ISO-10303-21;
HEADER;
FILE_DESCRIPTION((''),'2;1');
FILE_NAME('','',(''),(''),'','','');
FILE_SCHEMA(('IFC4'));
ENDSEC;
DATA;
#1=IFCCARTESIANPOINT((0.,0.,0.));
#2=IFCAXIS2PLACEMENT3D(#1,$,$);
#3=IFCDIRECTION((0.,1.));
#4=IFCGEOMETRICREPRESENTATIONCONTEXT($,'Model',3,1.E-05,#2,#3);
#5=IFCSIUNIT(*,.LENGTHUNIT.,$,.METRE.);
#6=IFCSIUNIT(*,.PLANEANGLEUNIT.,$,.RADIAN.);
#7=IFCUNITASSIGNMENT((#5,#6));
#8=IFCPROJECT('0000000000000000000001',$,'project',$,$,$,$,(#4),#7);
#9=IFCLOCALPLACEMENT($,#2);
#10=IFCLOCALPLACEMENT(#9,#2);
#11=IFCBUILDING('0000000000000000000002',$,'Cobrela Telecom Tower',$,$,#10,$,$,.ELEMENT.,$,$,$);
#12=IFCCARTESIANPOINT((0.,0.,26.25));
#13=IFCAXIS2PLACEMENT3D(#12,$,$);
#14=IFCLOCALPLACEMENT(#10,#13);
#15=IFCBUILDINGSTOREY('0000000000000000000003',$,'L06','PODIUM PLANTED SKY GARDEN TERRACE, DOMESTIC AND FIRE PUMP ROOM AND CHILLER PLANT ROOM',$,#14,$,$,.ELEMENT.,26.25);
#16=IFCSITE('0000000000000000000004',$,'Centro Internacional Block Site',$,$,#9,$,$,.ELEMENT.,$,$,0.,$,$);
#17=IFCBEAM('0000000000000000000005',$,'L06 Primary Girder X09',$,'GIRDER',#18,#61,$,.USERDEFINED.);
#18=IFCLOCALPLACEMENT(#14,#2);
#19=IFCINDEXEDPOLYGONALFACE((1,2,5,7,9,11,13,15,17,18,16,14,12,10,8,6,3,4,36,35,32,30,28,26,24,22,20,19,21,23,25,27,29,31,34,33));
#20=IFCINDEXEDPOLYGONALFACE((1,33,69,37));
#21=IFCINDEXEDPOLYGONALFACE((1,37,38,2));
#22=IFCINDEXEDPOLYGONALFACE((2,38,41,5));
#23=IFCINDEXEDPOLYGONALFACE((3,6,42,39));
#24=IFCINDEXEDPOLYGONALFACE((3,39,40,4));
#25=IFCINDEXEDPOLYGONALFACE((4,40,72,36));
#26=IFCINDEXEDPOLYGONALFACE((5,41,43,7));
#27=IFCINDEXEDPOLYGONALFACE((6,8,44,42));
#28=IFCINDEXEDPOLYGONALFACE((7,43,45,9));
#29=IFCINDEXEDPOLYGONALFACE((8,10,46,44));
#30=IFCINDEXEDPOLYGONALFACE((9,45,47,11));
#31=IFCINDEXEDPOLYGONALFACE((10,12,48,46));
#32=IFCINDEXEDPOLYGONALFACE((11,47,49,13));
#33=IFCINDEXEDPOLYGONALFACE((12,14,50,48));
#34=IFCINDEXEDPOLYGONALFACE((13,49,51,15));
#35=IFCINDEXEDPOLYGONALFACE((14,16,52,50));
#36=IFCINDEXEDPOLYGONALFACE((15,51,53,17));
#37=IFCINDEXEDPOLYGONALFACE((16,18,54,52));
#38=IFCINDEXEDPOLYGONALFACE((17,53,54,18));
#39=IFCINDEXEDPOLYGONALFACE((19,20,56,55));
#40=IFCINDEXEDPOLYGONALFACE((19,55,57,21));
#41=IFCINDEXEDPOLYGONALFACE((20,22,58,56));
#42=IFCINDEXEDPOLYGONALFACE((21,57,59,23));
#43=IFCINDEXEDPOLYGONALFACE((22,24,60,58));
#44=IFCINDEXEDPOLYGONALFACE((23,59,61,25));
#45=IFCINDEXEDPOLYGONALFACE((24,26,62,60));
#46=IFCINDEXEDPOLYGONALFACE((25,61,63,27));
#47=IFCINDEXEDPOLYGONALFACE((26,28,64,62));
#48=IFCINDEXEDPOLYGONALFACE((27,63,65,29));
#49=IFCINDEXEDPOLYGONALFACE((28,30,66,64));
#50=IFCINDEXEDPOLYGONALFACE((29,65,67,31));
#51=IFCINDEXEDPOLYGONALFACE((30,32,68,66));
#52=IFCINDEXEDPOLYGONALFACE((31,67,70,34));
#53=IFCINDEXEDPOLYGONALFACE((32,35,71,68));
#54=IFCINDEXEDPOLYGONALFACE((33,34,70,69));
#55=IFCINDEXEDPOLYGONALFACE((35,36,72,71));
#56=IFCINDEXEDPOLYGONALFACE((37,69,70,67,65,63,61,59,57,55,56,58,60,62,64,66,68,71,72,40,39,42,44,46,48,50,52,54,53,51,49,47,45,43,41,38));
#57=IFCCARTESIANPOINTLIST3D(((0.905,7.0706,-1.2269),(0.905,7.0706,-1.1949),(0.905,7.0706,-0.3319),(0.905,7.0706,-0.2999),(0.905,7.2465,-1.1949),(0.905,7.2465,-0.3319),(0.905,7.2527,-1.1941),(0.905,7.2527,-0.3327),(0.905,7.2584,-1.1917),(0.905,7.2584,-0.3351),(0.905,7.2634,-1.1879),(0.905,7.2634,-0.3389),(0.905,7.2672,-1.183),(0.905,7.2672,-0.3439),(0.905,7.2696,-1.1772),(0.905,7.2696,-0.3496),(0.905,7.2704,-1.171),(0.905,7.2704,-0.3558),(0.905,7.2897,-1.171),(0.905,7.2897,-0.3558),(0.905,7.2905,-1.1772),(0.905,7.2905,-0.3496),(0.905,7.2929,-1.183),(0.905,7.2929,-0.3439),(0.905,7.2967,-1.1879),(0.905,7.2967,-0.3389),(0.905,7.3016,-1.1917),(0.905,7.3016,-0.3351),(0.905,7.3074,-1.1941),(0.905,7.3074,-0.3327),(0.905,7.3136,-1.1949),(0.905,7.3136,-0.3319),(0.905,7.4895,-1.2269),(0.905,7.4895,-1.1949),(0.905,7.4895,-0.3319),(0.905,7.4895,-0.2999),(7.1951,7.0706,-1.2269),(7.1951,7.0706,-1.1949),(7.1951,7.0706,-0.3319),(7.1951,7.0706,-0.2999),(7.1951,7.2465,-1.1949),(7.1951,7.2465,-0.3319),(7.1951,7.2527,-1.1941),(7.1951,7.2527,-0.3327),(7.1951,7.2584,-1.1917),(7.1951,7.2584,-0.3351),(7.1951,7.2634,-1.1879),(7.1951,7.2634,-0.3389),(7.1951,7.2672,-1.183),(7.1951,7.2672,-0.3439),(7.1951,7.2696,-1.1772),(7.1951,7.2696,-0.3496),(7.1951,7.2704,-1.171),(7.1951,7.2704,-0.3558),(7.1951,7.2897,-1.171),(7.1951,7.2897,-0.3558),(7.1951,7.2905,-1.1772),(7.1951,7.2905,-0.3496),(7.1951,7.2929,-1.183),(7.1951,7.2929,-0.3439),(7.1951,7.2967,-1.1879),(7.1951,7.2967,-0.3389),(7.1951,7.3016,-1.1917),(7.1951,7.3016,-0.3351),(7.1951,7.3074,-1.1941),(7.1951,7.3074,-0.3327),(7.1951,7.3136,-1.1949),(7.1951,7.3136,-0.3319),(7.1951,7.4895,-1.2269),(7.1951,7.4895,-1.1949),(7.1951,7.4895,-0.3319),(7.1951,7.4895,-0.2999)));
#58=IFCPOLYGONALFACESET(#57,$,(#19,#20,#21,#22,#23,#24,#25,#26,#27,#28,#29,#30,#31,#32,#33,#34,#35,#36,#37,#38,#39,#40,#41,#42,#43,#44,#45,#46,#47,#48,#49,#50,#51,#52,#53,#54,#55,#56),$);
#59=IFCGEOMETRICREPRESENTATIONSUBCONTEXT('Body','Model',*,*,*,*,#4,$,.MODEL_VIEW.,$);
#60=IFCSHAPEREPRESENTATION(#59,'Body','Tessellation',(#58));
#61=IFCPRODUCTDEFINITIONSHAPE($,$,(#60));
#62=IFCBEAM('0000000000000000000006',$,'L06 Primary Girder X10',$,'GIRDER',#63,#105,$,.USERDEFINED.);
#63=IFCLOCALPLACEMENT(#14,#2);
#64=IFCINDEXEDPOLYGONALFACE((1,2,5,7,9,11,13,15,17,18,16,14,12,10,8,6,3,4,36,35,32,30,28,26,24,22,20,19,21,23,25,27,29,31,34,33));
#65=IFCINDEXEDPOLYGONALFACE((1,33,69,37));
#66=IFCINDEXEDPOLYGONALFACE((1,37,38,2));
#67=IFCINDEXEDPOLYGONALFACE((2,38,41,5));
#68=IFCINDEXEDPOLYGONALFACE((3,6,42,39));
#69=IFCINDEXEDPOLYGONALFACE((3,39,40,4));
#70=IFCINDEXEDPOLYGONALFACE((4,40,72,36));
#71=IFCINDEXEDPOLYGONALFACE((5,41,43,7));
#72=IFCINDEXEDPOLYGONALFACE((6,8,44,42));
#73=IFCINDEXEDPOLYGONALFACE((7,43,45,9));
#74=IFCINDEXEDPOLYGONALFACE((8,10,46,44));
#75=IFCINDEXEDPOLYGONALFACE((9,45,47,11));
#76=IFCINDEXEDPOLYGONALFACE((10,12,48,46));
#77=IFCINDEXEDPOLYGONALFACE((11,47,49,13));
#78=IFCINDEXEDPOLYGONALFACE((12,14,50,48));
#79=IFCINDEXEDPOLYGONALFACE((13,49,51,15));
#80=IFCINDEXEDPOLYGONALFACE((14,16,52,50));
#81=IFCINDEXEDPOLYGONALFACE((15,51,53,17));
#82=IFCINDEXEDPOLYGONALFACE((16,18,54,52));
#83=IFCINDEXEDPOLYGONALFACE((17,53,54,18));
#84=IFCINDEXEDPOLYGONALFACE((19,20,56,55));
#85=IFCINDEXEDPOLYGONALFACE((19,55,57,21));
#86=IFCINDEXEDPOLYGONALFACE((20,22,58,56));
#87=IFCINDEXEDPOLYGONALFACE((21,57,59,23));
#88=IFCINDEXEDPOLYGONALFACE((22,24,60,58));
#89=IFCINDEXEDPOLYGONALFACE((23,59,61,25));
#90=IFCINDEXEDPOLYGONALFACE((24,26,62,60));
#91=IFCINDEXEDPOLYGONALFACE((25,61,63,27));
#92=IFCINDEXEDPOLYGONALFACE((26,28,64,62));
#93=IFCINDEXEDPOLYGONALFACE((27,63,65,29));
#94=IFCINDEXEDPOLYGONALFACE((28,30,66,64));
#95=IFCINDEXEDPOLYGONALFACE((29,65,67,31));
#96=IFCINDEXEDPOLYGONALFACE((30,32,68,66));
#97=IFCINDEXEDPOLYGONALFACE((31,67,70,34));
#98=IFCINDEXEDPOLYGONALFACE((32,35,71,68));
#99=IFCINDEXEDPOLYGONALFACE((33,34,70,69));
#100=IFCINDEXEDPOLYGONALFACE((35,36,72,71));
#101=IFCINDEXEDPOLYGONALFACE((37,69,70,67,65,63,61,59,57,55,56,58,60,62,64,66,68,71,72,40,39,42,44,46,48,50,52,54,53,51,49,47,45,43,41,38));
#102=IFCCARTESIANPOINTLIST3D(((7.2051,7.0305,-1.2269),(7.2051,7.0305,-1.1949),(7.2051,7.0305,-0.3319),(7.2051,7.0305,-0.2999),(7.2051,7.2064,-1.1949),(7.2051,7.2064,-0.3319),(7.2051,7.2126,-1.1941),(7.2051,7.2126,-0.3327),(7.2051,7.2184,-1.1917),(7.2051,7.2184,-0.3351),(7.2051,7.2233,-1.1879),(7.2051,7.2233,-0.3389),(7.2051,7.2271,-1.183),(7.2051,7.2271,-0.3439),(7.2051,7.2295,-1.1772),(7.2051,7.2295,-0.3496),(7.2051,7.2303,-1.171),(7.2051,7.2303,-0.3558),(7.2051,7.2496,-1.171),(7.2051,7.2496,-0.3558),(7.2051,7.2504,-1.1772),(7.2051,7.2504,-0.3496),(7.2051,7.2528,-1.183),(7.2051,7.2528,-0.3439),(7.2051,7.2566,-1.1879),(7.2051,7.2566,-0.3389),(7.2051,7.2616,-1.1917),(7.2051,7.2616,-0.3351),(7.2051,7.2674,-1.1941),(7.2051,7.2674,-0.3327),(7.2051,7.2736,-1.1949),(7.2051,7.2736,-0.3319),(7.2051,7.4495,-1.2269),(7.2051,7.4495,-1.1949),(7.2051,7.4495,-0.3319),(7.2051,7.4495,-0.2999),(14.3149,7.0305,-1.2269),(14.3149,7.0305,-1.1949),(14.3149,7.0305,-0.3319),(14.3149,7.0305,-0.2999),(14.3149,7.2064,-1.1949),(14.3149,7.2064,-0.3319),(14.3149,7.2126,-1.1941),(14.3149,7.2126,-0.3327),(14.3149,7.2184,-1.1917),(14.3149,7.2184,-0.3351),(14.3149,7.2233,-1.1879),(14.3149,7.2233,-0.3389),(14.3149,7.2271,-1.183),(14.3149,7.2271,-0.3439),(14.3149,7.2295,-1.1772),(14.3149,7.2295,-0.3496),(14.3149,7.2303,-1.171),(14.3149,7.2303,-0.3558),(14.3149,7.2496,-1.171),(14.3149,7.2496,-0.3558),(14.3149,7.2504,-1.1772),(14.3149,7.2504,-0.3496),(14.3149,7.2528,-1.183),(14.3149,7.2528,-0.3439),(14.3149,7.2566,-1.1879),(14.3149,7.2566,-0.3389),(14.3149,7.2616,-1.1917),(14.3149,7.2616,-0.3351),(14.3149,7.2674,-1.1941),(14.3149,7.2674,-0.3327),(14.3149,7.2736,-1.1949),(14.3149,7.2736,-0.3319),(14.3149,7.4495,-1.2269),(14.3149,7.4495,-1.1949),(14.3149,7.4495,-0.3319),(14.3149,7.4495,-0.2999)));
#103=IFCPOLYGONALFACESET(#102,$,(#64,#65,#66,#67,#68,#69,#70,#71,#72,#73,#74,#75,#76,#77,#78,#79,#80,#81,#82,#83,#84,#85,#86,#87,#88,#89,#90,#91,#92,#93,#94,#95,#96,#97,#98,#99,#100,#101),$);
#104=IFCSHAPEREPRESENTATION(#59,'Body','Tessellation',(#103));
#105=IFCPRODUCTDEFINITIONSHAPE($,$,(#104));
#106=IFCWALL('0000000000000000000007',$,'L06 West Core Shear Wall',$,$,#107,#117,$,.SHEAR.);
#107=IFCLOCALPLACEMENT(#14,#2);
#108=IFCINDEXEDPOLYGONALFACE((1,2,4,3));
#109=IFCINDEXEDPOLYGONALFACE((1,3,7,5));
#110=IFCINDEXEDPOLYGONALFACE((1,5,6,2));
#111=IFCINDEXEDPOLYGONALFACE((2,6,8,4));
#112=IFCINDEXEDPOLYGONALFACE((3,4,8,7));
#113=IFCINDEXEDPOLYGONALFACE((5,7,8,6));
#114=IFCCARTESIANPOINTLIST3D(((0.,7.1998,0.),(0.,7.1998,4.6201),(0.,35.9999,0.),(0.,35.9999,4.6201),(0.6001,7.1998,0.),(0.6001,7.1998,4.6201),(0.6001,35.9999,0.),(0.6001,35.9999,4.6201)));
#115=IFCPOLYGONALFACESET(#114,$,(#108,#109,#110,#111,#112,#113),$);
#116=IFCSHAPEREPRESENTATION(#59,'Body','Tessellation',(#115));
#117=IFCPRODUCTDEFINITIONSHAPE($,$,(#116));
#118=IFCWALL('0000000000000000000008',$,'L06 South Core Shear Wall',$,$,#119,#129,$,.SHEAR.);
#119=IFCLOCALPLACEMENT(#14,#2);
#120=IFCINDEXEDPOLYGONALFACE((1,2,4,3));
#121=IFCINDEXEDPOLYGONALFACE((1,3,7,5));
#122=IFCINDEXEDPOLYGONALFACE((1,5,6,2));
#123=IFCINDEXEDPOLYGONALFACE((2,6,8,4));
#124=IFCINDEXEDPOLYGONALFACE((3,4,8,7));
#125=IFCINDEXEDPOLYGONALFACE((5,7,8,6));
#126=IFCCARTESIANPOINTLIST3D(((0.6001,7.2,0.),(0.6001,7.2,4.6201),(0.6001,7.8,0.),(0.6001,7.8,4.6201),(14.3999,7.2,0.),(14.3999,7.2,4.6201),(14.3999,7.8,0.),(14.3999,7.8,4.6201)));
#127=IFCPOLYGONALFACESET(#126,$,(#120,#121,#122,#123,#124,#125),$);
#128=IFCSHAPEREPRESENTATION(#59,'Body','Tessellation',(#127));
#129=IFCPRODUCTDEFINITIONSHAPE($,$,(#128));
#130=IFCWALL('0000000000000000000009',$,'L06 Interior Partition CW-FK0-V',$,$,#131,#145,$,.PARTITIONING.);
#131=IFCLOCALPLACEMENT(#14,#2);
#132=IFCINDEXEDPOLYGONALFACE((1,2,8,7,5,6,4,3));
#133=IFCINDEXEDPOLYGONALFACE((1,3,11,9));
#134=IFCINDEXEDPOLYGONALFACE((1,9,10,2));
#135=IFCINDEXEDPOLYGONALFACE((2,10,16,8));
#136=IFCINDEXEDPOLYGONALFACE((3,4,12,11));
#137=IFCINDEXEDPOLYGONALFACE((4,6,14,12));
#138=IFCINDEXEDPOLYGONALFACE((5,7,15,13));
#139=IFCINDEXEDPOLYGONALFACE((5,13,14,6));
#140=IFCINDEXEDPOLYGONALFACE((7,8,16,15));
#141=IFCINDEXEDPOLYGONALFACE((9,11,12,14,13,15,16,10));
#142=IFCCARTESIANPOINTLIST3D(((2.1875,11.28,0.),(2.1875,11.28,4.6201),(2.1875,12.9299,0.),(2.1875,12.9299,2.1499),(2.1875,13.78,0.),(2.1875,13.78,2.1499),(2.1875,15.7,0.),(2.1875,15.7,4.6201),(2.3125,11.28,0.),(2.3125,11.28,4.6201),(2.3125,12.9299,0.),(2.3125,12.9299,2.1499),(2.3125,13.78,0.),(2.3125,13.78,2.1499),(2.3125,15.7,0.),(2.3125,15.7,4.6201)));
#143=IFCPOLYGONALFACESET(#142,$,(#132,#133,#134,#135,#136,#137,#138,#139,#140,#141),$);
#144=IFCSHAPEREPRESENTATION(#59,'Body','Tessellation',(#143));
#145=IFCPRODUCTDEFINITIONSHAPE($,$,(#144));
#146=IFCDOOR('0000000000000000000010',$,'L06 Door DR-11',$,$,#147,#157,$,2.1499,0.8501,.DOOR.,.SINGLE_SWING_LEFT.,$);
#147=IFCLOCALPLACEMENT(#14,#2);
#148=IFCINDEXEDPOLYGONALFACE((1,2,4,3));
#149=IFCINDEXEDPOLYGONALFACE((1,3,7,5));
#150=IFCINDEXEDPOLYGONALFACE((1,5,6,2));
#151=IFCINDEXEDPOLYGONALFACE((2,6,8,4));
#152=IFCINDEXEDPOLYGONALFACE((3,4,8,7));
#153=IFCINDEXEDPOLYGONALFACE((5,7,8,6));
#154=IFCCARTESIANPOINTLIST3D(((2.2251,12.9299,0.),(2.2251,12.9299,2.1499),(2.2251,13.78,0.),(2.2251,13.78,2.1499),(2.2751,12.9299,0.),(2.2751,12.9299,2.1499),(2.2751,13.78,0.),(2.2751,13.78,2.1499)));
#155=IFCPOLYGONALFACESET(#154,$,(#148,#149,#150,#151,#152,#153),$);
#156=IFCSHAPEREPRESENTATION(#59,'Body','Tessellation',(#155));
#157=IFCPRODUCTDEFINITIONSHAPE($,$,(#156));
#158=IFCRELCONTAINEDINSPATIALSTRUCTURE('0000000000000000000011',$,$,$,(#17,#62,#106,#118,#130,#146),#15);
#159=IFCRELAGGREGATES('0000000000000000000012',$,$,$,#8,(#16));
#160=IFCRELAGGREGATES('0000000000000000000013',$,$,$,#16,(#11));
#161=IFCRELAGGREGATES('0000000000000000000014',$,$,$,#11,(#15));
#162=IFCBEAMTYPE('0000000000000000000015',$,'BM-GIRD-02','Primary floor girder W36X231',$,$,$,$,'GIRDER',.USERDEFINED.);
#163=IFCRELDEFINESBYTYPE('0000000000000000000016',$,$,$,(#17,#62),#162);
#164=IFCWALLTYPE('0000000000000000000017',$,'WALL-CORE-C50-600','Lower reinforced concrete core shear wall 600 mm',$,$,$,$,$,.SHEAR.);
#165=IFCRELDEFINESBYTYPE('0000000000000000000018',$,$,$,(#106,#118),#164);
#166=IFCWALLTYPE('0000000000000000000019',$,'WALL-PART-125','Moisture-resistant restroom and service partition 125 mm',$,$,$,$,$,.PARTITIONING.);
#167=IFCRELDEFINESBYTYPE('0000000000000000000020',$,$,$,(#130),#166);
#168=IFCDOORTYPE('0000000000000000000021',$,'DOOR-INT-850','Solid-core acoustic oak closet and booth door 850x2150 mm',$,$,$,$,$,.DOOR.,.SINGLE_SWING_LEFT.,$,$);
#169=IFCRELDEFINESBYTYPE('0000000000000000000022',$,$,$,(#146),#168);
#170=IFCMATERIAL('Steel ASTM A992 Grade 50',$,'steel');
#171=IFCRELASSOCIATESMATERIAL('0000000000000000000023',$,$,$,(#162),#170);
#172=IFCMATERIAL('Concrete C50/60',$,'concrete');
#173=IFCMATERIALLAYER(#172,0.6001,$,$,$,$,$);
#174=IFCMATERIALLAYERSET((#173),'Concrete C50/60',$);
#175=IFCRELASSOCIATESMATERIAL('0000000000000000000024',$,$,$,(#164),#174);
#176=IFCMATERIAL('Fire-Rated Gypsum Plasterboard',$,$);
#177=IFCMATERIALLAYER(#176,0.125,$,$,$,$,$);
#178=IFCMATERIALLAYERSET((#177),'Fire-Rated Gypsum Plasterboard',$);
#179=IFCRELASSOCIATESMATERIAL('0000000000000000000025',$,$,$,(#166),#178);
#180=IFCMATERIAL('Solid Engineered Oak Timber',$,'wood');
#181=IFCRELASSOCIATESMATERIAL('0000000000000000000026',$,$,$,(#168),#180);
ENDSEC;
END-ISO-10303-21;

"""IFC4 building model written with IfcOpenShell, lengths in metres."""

from ifc_helpers import new_model, si_unit, direction, frame, frame_2d, origin, origin_2d, place, context, subcontext, project, spatial, rectangle, i_section, extrude, material, layer, layer_set, material_profile, profile_set, type_object, element, fill, save


model = new_model("IFC4")

# Units and contexts
model_context = context("Model", 3, precision=1e-05, world=origin(), true_north=direction((0.0, 1.0)))
body_context = subcontext(model_context, "Body", "Model", "MODEL_VIEW")
ifc_project = project(units=[si_unit("LENGTHUNIT", "METRE"), si_unit("PLANEANGLEUNIT", "RADIAN")], contexts=[model_context])

# Site, building, storey
site_placement = place(None, origin())
site = spatial("IfcSite", under=ifc_project, at=site_placement, Name="Centro Internacional Block Site", CompositionType="ELEMENT", RefElevation=0.0)
building_placement = place(site_placement, origin())
building = spatial("IfcBuilding", under=site, at=building_placement, Name="Cobrela Telecom Tower", CompositionType="ELEMENT")
storey_placement = place(building_placement, frame((0.0, 0.0, 26.25)))
storey = spatial("IfcBuildingStorey", under=building, at=storey_placement, Name="L06", Description="PODIUM PLANTED SKY GARDEN TERRACE, DOMESTIC AND FIRE PUMP ROOM AND CHILLER PLANT ROOM", CompositionType="ELEMENT", Elevation=26.25)

# Beams
ifc_material_1 = material(Name="Steel ASTM A992 Grade 50", Category="steel")
ifc_material_profile = material_profile(ifc_material_1, i_section(OverallWidth=0.4189, OverallDepth=0.927, WebThickness=0.0193, FlangeThickness=0.032, FilletRadius=0.0239, at=origin_2d()), Name="W36X231")
ifc_profile_set = profile_set([ifc_material_profile], Name="Steel ASTM A992 Grade 50")
beam_type = type_object("IfcBeamType", Name="BM-GIRD-02", Description="Primary floor girder W36X231", ElementType="GIRDER", PredefinedType="USERDEFINED", material=ifc_profile_set)
beam_1_placement = place(storey_placement, frame((0.905, 7.28, -0.7634), z_axis=(1.0, 0.0, 0.0), x_axis=(0.0, 1.0, 0.0)))
element("IfcBeam", 1, at=beam_1_placement, inside=storey, type_object=beam_type, Name="L06 Primary Girder X09", ObjectType="GIRDER", PredefinedType="USERDEFINED", context=body_context, shape_type="SweptSolid", body=[
    extrude(i_section(OverallWidth=0.4189, OverallDepth=0.927, WebThickness=0.0193, FlangeThickness=0.032, FilletRadius=0.0239, at=origin_2d()), origin(), (0.0, 0.0, 1.0), 6.29),
])
beam_2_placement = place(storey_placement, frame((7.2051, 7.24, -0.7634), z_axis=(1.0, 0.0, 0.0), x_axis=(0.0, 1.0, 0.0)))
element("IfcBeam", 2, at=beam_2_placement, inside=storey, type_object=beam_type, Name="L06 Primary Girder X10", ObjectType="GIRDER", PredefinedType="USERDEFINED", context=body_context, shape_type="SweptSolid", body=[
    extrude(i_section(OverallWidth=0.4189, OverallDepth=0.927, WebThickness=0.0193, FlangeThickness=0.032, FilletRadius=0.0239, at=origin_2d()), origin(), (0.0, 0.0, 1.0), 7.1099),
])

# Walls
ifc_material_2 = material(Name="Concrete C50/60", Category="concrete")
ifc_layer_1 = layer(ifc_material_2, 0.6001)
ifc_layer_set_1 = layer_set([ifc_layer_1], Name="Concrete C50/60")
wall_type_1 = type_object("IfcWallType", Name="WALL-CORE-C50-600", Description="Lower reinforced concrete core shear wall 600 mm", PredefinedType="SHEAR", material=ifc_layer_set_1)
wall_1_placement = place(storey_placement, frame((0.3, 7.2, 0.0), z_axis=(0.0, 0.0, 1.0), x_axis=(0.0, 1.0, 0.0)))
element("IfcWall", 3, at=wall_1_placement, inside=storey, type_object=wall_type_1, Name="L06 West Core Shear Wall", PredefinedType="SHEAR", context=body_context, shape_type="SweptSolid", body=[
    extrude(rectangle(XDim=28.8, YDim=0.6001, at=frame_2d((14.3999, 0.0))), origin(), (0.0, 0.0, 1.0), 4.6201),
])
wall_2_placement = place(storey_placement, frame((0.6001, 7.5, 0.0), z_axis=(0.0, 0.0, 1.0), x_axis=(1.0, 0.0, 0.0)))
element("IfcWall", 4, at=wall_2_placement, inside=storey, type_object=wall_type_1, Name="L06 South Core Shear Wall", PredefinedType="SHEAR", context=body_context, shape_type="SweptSolid", body=[
    extrude(rectangle(XDim=13.7998, YDim=0.6001, at=frame_2d((6.8999, 0.0))), origin(), (0.0, 0.0, 1.0), 4.6201),
])

# Wall, opening, door
ifc_material_3 = material(Name="Fire-Rated Gypsum Plasterboard")
ifc_layer_2 = layer(ifc_material_3, 0.125)
ifc_layer_set_2 = layer_set([ifc_layer_2], Name="Fire-Rated Gypsum Plasterboard")
wall_type_2 = type_object("IfcWallType", Name="WALL-PART-125", Description="Moisture-resistant restroom and service partition 125 mm", PredefinedType="PARTITIONING", material=ifc_layer_set_2)
wall_3_placement = place(storey_placement, frame((2.25, 11.28, 0.0), z_axis=(0.0, 0.0, 1.0), x_axis=(0.0, 1.0, 0.0)))
wall_3 = element("IfcWall", 5, at=wall_3_placement, inside=storey, type_object=wall_type_2, Name="L06 Interior Partition CW-FK0-V", PredefinedType="PARTITIONING", context=body_context, shape_type="SweptSolid", body=[
    extrude(rectangle(XDim=4.4199, YDim=0.125, at=frame_2d((2.21, 0.0))), origin(), (0.0, 0.0, 1.0), 4.6201),
])
opening_1_placement = place(wall_3_placement, frame((1.6499, 0.0, 0.0)))
opening_1 = element("IfcOpeningElement", 6, at=opening_1_placement, cuts=wall_3, PredefinedType="OPENING", context=body_context, shape_type="SweptSolid", body=[
    extrude(rectangle(XDim=0.8501, YDim=2.1499, at=frame_2d((0.425, 1.075))), frame((0.0, 0.0745, 0.0), z_axis=(0.0, -1.0, 0.0), x_axis=(1.0, 0.0, 0.0)), (0.0, 0.0, 1.0), 0.1489),
])
ifc_material_4 = material(Name="Solid Engineered Oak Timber", Category="wood")
door_type_1 = type_object("IfcDoorType", Name="DOOR-INT-850", Description="Solid-core acoustic oak closet and booth door 850x2150 mm", OperationType="SINGLE_SWING_LEFT", PredefinedType="DOOR", material=ifc_material_4)
door_1_placement = place(opening_1_placement, origin())
door_1 = element("IfcDoor", 7, at=door_1_placement, inside=storey, type_object=door_type_1, Name="L06 Door DR-11", OperationType="SINGLE_SWING_LEFT", OverallHeight=2.1499, OverallWidth=0.8501, PredefinedType="DOOR", context=body_context, shape_type="SweptSolid", body=[
    extrude(rectangle(XDim=0.8501, YDim=2.1499, at=frame_2d((0.425, 1.075))), frame((0.0, 0.0249, 0.0), z_axis=(0.0, -1.0, 0.0), x_axis=(1.0, 0.0, 0.0)), (0.0, 0.0, 1.0), 0.05),
])
fill(opening_1, door_1)

save(model, "model.ifc")
